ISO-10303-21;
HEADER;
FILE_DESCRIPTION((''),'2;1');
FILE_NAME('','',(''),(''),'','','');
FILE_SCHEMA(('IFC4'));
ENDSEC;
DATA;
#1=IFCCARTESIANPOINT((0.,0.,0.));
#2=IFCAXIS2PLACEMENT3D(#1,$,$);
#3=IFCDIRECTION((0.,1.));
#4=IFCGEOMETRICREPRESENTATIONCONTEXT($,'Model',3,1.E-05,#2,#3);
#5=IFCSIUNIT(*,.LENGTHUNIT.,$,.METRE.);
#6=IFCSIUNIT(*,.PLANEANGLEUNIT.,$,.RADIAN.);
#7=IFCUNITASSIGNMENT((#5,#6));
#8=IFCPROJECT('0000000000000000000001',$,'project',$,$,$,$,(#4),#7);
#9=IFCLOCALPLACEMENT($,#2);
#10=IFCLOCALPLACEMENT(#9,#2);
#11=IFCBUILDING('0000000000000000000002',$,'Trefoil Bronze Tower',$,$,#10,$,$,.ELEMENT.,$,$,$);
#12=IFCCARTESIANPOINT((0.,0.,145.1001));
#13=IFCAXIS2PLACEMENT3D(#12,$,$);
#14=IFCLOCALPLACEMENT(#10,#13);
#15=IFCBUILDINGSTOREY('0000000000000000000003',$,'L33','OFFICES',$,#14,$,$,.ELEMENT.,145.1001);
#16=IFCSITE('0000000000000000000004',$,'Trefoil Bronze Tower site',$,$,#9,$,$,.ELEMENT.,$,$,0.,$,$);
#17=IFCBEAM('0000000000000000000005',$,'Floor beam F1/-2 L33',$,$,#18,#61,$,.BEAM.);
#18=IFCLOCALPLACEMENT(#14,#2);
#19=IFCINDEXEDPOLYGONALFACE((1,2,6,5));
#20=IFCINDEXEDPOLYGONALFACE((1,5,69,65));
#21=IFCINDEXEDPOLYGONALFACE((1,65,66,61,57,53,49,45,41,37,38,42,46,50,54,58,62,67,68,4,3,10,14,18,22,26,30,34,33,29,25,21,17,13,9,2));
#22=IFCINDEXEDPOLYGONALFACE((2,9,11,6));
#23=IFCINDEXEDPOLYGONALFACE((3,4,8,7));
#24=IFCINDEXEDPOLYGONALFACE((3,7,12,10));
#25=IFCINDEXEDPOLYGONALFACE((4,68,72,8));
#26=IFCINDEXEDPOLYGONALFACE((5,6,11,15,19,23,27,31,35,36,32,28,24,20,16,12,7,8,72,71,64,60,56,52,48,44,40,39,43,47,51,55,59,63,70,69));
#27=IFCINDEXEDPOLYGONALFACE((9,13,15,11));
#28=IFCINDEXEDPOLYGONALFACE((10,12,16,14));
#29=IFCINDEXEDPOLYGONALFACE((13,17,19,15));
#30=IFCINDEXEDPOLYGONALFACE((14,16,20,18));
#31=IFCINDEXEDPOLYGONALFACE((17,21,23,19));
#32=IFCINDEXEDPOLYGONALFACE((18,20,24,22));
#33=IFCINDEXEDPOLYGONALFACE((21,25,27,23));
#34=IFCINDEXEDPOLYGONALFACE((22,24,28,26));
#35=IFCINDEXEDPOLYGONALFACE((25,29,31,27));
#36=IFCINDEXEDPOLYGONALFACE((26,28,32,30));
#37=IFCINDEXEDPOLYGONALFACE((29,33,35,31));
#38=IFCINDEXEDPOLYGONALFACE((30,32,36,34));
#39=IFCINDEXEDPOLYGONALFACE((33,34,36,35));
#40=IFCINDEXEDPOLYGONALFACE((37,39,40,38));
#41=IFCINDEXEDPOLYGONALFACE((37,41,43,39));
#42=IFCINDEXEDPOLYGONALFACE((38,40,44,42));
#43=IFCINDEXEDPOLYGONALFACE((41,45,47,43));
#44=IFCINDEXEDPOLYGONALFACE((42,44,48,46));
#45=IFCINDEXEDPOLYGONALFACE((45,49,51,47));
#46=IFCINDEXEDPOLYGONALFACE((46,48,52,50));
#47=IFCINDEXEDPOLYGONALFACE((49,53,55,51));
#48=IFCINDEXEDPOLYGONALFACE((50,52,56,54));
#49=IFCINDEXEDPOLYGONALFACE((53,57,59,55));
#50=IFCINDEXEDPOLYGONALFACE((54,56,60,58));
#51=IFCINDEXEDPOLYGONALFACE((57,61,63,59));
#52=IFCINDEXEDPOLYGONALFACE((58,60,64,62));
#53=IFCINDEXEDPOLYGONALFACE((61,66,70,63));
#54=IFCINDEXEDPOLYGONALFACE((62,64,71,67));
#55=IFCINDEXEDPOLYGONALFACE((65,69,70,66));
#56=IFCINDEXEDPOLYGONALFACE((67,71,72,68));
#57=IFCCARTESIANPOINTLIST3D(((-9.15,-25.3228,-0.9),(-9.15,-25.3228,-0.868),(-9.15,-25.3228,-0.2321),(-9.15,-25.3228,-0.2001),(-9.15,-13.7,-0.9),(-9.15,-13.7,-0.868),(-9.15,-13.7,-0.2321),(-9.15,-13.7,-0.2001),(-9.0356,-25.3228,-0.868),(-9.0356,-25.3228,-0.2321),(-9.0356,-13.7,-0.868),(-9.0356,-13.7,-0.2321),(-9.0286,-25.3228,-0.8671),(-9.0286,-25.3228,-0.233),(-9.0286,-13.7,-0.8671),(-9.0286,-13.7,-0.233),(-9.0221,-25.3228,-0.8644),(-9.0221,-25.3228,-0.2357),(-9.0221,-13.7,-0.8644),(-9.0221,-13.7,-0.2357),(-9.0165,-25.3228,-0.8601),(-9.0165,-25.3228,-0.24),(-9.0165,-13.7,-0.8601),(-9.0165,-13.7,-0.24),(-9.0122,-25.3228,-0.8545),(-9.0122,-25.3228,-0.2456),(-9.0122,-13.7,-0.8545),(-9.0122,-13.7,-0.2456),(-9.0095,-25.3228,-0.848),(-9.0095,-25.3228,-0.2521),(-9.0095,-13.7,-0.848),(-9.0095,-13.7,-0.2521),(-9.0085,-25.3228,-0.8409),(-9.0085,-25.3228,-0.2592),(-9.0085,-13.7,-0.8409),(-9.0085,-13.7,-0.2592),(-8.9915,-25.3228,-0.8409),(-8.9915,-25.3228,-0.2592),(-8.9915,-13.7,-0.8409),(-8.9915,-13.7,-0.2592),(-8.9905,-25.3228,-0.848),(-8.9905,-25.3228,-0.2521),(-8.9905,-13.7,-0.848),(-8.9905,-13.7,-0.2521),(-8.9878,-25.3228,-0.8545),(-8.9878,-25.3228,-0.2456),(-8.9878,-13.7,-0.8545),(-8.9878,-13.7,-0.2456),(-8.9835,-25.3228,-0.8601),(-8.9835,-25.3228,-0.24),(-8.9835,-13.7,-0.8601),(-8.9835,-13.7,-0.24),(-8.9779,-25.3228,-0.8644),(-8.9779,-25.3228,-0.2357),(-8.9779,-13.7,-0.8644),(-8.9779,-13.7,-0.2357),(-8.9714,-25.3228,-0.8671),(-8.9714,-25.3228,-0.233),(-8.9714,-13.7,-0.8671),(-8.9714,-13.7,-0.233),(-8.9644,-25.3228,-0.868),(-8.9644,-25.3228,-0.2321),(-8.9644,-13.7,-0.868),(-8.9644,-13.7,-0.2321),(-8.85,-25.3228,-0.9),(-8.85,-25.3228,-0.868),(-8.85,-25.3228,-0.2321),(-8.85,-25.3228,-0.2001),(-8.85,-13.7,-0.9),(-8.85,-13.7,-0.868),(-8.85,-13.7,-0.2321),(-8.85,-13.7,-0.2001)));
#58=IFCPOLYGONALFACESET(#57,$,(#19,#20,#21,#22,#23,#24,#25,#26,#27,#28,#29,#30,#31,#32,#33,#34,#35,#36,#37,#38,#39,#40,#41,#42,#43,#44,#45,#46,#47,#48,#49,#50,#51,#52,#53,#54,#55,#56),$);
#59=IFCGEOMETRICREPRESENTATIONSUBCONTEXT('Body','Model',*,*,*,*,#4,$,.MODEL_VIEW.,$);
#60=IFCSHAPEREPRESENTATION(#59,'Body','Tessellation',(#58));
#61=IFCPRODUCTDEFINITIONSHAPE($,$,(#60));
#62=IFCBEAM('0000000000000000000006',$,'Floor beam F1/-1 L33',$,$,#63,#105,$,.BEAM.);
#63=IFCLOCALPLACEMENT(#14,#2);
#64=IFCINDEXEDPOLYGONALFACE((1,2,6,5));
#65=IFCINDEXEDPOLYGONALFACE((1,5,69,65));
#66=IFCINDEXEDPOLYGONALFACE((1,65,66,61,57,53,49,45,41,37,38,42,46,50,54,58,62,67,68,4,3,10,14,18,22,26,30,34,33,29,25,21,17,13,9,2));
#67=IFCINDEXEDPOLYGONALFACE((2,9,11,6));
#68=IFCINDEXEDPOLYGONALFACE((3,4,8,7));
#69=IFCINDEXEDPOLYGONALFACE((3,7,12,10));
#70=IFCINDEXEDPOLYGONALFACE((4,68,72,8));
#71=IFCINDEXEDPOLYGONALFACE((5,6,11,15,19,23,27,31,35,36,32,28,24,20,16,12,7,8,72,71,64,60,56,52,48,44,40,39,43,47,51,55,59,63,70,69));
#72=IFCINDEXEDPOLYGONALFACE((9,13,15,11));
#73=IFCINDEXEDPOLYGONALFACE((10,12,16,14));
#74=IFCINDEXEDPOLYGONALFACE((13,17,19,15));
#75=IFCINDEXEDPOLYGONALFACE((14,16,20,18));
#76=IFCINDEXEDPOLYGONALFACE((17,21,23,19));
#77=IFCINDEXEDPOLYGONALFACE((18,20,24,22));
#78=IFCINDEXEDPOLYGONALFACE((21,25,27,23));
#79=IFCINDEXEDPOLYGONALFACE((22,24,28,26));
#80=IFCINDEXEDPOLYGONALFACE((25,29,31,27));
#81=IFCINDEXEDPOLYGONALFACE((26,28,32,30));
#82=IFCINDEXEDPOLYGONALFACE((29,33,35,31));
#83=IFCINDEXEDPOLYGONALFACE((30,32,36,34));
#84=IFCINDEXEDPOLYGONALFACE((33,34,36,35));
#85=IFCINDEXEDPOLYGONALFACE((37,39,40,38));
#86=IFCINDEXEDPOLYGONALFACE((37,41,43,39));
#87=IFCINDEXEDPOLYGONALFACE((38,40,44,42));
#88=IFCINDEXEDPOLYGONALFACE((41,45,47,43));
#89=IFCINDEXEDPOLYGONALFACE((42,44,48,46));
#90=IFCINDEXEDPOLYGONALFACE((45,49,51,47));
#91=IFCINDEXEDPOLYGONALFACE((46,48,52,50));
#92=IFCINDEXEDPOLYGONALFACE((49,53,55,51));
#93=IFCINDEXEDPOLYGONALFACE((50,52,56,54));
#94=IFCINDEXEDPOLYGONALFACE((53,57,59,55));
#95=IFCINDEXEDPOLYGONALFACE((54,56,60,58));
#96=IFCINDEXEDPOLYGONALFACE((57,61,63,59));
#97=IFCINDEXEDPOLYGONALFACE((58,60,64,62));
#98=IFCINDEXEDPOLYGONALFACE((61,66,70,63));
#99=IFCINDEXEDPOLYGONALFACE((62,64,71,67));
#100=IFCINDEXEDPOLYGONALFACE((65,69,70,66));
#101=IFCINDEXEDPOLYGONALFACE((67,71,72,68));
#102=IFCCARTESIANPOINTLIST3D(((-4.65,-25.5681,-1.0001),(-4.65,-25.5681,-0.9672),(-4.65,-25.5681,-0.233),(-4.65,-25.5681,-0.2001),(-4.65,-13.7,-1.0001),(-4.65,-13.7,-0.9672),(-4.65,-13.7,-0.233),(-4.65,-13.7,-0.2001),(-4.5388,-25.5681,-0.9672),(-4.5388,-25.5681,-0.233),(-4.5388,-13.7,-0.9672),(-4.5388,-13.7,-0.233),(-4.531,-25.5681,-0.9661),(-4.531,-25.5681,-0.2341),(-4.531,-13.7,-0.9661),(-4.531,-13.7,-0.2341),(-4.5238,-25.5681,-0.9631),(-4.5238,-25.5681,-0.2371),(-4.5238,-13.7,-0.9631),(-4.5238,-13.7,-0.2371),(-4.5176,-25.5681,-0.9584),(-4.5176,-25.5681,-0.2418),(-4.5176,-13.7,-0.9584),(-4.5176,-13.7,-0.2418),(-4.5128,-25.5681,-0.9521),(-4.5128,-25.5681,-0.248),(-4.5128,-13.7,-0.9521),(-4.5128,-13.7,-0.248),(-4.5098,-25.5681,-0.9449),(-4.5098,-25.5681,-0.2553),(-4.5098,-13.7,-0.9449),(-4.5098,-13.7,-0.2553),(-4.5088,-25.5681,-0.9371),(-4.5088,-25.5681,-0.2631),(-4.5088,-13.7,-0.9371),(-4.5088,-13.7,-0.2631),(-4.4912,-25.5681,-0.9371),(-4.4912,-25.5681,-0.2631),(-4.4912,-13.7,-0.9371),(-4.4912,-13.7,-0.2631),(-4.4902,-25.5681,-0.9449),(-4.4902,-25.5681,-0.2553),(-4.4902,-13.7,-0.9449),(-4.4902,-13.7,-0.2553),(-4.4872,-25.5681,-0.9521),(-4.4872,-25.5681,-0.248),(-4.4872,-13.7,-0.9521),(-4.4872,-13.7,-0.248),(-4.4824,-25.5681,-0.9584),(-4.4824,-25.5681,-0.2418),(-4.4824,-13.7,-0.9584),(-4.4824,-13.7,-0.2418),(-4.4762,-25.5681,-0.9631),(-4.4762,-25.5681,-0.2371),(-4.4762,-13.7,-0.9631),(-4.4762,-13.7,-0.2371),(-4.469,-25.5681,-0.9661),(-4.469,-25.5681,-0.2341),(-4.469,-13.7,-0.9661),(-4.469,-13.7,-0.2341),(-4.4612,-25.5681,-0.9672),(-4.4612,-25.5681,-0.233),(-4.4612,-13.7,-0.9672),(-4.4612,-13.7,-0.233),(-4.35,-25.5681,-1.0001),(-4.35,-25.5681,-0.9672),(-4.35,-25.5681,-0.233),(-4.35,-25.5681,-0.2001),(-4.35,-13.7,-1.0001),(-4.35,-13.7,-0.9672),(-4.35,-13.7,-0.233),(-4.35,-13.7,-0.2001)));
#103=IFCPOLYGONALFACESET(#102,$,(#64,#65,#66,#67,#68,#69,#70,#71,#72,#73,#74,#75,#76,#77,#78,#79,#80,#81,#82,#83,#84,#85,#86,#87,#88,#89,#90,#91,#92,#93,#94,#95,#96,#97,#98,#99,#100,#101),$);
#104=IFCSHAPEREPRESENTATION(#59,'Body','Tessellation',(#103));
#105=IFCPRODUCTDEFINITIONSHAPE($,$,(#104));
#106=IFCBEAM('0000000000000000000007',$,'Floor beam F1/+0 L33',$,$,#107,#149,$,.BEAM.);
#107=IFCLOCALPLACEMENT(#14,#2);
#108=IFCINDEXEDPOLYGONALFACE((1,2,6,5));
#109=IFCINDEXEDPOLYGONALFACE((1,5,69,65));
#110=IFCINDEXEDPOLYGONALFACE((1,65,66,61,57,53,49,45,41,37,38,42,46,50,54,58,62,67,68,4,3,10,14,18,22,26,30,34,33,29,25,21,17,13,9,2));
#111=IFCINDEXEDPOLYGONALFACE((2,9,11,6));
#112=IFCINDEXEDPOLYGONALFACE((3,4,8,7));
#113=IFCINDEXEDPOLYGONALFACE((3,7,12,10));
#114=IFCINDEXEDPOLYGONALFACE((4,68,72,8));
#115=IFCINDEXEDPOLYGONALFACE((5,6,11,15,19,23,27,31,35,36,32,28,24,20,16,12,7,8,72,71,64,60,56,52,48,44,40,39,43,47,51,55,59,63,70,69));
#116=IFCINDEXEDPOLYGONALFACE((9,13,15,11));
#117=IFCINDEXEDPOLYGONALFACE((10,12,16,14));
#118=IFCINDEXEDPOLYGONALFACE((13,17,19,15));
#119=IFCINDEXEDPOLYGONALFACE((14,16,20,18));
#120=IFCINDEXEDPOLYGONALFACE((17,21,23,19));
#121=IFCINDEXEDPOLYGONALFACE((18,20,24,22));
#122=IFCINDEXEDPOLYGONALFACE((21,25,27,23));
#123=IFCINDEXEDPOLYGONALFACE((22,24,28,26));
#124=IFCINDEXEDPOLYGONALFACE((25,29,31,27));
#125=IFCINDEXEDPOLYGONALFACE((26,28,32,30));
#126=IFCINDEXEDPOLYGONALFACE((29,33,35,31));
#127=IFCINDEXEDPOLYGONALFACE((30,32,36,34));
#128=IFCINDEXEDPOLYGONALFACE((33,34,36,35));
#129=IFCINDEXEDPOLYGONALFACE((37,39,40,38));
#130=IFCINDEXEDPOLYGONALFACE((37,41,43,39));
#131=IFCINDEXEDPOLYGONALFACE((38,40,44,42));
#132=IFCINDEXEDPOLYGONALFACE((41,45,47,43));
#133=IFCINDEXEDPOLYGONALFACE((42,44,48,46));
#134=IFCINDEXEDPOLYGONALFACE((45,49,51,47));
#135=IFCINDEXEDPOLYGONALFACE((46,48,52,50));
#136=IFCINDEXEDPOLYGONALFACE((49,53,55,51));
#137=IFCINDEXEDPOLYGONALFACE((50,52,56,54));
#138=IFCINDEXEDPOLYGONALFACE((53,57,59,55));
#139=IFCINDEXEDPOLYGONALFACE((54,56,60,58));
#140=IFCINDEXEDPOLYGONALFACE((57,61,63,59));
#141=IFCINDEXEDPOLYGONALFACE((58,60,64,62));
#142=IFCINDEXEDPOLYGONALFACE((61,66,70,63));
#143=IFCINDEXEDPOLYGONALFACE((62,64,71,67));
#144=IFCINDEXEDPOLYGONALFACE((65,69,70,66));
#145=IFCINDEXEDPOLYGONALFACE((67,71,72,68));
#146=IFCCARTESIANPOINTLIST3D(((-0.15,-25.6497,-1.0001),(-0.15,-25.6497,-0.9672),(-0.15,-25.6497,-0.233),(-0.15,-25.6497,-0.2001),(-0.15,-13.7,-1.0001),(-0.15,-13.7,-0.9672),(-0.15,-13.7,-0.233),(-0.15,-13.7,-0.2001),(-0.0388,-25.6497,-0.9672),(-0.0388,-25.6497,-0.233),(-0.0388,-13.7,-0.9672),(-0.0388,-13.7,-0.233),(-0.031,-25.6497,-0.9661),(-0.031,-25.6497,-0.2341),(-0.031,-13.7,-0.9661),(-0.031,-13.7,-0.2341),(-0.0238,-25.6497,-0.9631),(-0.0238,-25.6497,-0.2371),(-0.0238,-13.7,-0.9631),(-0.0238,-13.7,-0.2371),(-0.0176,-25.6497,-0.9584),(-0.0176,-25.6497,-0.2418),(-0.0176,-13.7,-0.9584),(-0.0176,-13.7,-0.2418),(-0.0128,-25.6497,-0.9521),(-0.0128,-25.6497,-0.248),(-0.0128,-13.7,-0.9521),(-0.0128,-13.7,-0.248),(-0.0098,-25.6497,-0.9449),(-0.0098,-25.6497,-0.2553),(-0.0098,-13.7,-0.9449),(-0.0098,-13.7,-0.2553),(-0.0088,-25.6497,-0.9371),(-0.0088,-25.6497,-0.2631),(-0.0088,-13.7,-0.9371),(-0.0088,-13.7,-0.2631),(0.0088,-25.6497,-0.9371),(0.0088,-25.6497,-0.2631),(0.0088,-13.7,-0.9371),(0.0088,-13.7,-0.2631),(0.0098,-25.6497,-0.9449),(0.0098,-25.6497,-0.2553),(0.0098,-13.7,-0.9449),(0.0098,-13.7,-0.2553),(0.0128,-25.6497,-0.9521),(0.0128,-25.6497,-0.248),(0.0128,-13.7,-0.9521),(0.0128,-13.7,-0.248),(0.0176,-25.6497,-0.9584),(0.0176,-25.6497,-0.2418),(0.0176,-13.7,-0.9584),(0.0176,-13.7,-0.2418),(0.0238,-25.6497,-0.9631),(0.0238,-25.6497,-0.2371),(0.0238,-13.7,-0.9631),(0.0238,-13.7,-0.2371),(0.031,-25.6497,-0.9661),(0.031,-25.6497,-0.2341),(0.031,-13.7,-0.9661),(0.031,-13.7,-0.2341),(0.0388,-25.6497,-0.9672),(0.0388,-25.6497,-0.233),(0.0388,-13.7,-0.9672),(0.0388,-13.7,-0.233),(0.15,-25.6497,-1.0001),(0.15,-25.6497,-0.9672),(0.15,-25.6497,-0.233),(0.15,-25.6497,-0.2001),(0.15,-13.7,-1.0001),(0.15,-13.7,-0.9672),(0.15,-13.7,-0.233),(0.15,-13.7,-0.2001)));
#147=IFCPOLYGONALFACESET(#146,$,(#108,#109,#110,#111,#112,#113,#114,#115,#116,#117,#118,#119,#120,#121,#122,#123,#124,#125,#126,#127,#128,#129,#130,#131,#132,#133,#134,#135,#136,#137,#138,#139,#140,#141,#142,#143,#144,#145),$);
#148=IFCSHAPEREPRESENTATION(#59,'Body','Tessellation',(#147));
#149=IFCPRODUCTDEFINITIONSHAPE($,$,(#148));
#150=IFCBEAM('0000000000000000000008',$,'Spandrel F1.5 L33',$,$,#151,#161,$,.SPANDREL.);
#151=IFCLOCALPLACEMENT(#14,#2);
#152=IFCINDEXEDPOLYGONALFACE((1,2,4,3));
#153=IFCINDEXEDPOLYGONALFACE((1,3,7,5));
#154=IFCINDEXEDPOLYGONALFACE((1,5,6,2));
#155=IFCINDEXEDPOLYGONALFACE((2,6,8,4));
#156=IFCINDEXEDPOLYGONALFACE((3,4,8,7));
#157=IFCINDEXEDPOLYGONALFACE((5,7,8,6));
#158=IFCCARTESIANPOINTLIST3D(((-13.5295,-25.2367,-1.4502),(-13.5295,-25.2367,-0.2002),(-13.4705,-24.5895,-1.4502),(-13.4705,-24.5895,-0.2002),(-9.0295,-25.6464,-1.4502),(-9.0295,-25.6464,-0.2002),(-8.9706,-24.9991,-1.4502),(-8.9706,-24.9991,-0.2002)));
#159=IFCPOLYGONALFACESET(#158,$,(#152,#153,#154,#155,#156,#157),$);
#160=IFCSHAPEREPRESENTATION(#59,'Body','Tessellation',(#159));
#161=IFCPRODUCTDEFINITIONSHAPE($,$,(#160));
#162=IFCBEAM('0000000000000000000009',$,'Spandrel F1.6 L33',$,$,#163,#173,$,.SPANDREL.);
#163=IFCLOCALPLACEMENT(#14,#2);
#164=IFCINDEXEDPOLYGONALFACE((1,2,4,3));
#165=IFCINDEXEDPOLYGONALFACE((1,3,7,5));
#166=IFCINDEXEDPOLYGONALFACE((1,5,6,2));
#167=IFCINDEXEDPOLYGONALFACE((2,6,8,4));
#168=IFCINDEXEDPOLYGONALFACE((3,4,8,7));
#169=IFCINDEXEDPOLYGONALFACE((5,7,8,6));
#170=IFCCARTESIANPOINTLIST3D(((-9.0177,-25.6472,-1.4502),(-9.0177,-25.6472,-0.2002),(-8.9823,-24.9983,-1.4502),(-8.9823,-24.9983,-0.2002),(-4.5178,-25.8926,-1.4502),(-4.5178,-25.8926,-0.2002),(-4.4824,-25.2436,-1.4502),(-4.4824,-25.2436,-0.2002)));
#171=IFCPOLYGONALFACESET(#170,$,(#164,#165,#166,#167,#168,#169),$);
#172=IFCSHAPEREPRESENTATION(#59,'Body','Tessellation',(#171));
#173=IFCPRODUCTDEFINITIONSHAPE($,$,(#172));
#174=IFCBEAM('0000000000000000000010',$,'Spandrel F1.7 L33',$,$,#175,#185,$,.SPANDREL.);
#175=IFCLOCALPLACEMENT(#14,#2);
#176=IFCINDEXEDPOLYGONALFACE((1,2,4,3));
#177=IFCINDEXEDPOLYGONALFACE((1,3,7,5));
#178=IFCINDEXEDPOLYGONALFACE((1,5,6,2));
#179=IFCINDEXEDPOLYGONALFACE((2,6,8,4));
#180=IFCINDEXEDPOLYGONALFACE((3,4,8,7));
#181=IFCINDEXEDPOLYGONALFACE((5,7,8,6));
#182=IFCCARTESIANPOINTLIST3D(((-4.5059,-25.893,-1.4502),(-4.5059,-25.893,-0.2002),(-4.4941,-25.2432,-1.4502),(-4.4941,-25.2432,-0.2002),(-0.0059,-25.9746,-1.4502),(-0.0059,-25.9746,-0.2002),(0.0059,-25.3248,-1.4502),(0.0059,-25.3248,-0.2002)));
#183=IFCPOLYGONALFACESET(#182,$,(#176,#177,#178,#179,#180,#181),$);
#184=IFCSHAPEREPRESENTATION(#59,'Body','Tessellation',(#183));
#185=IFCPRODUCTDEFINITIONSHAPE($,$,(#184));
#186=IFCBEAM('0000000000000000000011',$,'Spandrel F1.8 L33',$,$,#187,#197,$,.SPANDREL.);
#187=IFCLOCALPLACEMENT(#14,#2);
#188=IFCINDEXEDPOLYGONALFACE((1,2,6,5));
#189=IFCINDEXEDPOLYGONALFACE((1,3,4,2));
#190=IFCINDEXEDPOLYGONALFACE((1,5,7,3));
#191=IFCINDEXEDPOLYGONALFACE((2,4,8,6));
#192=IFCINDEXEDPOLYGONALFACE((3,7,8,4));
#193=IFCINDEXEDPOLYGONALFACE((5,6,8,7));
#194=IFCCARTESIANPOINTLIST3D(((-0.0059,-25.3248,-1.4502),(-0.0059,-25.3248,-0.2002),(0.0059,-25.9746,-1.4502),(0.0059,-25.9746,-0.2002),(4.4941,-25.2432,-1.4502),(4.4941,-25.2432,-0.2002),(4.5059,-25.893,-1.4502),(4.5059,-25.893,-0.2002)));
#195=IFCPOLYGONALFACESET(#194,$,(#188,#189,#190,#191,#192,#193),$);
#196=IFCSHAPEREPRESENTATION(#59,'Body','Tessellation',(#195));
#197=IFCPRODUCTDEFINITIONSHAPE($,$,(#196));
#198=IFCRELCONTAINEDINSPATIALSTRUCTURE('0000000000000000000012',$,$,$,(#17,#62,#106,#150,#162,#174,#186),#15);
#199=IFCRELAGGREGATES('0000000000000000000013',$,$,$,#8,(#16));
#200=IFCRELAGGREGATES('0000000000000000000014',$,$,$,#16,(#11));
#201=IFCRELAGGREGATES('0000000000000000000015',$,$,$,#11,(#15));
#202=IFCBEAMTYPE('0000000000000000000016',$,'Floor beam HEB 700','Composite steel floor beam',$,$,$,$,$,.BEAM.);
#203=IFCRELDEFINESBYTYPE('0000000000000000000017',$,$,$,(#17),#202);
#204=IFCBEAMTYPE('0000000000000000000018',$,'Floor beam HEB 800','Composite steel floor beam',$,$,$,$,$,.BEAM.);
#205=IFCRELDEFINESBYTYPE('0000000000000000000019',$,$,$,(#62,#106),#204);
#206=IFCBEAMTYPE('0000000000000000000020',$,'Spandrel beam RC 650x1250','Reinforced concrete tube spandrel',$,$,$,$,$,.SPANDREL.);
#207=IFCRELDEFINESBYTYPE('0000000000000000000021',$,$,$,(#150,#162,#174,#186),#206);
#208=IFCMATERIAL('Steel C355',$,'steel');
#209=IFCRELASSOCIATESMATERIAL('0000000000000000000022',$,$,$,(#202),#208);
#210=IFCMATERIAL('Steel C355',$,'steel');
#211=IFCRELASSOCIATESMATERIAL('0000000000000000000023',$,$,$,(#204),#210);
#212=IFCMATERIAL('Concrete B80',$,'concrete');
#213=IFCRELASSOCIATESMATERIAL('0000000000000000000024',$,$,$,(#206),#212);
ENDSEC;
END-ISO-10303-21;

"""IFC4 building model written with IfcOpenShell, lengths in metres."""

from ifc_helpers import new_model, si_unit, direction, frame, origin, origin_2d, place, context, subcontext, project, spatial, rectangle, i_section, extrude, material, material_profile, profile_set, type_object, element, save


model = new_model("IFC4")

# Units and contexts
model_context = context("Model", 3, precision=1e-05, world=origin(), true_north=direction((0.0, 1.0)))
body_context = subcontext(model_context, "Body", "Model", "MODEL_VIEW")
ifc_project = project(units=[si_unit("LENGTHUNIT", "METRE"), si_unit("PLANEANGLEUNIT", "RADIAN")], contexts=[model_context])

# Site, building, storey
site_placement = place(None, origin())
site = spatial("IfcSite", under=ifc_project, at=site_placement, Name="Trefoil Bronze Tower site", CompositionType="ELEMENT", RefElevation=0.0)
building_placement = place(site_placement, origin())
building = spatial("IfcBuilding", under=site, at=building_placement, Name="Trefoil Bronze Tower", CompositionType="ELEMENT")
storey_placement = place(building_placement, frame((0.0, 0.0, 145.1001)))
storey = spatial("IfcBuildingStorey", under=building, at=storey_placement, Name="L33", Description="OFFICES", CompositionType="ELEMENT", Elevation=145.1001)

# Beams
ifc_material_1 = material(Name="Steel C355", Category="steel")
ifc_material_profile_1 = material_profile(ifc_material_1, i_section(OverallWidth=0.3, OverallDepth=0.7, WebThickness=0.0171, FlangeThickness=0.032, FilletRadius=0.0271, at=origin_2d()), Name="HEB 700")
ifc_profile_set_1 = profile_set([ifc_material_profile_1], Name="Steel C355")
beam_type_1 = type_object("IfcBeamType", Name="Floor beam HEB 700", Description="Composite steel floor beam", PredefinedType="BEAM", material=ifc_profile_set_1)
beam_1_placement = place(storey_placement, frame((-9.0, -25.3228, -0.55), z_axis=(0.0, 1.0, 0.0), x_axis=(-1.0, 0.0, 0.0)))
element("IfcBeam", 1, at=beam_1_placement, inside=storey, type_object=beam_type_1, Name="Floor beam F1/-2 L33", PredefinedType="BEAM", context=body_context, shape_type="SweptSolid", body=[
    extrude(i_section(OverallWidth=0.3, OverallDepth=0.7, WebThickness=0.0171, FlangeThickness=0.032, FilletRadius=0.0271, at=origin_2d()), origin(), (0.0, 0.0, 1.0), 11.6228),
])
ifc_material_2 = material(Name="Steel C355", Category="steel")
ifc_material_profile_2 = material_profile(ifc_material_2, i_section(OverallWidth=0.3, OverallDepth=0.8, WebThickness=0.0176, FlangeThickness=0.033, FilletRadius=0.03, at=origin_2d()), Name="HEB 800")
ifc_profile_set_2 = profile_set([ifc_material_profile_2], Name="Steel C355")
beam_type_2 = type_object("IfcBeamType", Name="Floor beam HEB 800", Description="Composite steel floor beam", PredefinedType="BEAM", material=ifc_profile_set_2)
beam_2_placement = place(storey_placement, frame((-4.5, -25.5681, -0.6001), z_axis=(0.0, 1.0, 0.0), x_axis=(-1.0, 0.0, 0.0)))
element("IfcBeam", 2, at=beam_2_placement, inside=storey, type_object=beam_type_2, Name="Floor beam F1/-1 L33", PredefinedType="BEAM", context=body_context, shape_type="SweptSolid", body=[
    extrude(i_section(OverallWidth=0.3, OverallDepth=0.8, WebThickness=0.0176, FlangeThickness=0.033, FilletRadius=0.03, at=origin_2d()), origin(), (0.0, 0.0, 1.0), 11.8682),
])
beam_3_placement = place(storey_placement, frame((0.0, -25.6497, -0.6001), z_axis=(0.0, 1.0, 0.0), x_axis=(-1.0, 0.0, 0.0)))
element("IfcBeam", 3, at=beam_3_placement, inside=storey, type_object=beam_type_2, Name="Floor beam F1/+0 L33", PredefinedType="BEAM", context=body_context, shape_type="SweptSolid", body=[
    extrude(i_section(OverallWidth=0.3, OverallDepth=0.8, WebThickness=0.0176, FlangeThickness=0.033, FilletRadius=0.03, at=origin_2d()), origin(), (0.0, 0.0, 1.0), 11.9497),
])
ifc_material_3 = material(Name="Concrete B80", Category="concrete")
ifc_material_profile_3 = material_profile(ifc_material_3, rectangle(XDim=0.6499, YDim=1.25, at=origin_2d()), Name="RC 650x1250")
ifc_profile_set_3 = profile_set([ifc_material_profile_3], Name="Concrete B80")
beam_type_3 = type_object("IfcBeamType", Name="Spandrel beam RC 650x1250", Description="Reinforced concrete tube spandrel", PredefinedType="SPANDREL", material=ifc_profile_set_3)
beam_4_placement = place(storey_placement, frame((-13.5, -24.9131, -0.8252), z_axis=(0.995882, -0.090662, 0.0), x_axis=(0.090662, 0.995882, 0.0)))
element("IfcBeam", 4, at=beam_4_placement, inside=storey, type_object=beam_type_3, Name="Spandrel F1.5 L33", PredefinedType="SPANDREL", context=body_context, shape_type="SweptSolid", body=[
    extrude(rectangle(XDim=0.6499, YDim=1.25, at=origin_2d()), origin(), (0.0, 0.0, 1.0), 4.5186),
])
beam_5_placement = place(storey_placement, frame((-9.0, -25.3228, -0.8252), z_axis=(0.998517, -0.054444, 0.0), x_axis=(0.054444, 0.998517, 0.0)))
element("IfcBeam", 5, at=beam_5_placement, inside=storey, type_object=beam_type_3, Name="Spandrel F1.6 L33", PredefinedType="SPANDREL", context=body_context, shape_type="SweptSolid", body=[
    extrude(rectangle(XDim=0.6499, YDim=1.25, at=origin_2d()), origin(), (0.0, 0.0, 1.0), 4.5066),
])
for number, where, z_axis, x_axis, name in (
    (6, (-4.5, -25.5681, -0.8252), (0.999836, -0.018118, 0.0), (0.018118, 0.999836, 0.0), "Spandrel F1.7 L33"),
    (7, (0.0, -25.6497, -0.8252), (0.999836, 0.018118, 0.0), (-0.018118, 0.999836, 0.0), "Spandrel F1.8 L33"),
):
    element("IfcBeam", number, at=place(storey_placement, frame(where, z_axis=z_axis, x_axis=x_axis)), inside=storey, type_object=beam_type_3, Name=name, PredefinedType="SPANDREL", context=body_context, shape_type="SweptSolid", body=[
        extrude(rectangle(XDim=0.6499, YDim=1.25, at=origin_2d()), origin(), (0.0, 0.0, 1.0), 4.5007),
    ])

save(model, "model.ifc")
